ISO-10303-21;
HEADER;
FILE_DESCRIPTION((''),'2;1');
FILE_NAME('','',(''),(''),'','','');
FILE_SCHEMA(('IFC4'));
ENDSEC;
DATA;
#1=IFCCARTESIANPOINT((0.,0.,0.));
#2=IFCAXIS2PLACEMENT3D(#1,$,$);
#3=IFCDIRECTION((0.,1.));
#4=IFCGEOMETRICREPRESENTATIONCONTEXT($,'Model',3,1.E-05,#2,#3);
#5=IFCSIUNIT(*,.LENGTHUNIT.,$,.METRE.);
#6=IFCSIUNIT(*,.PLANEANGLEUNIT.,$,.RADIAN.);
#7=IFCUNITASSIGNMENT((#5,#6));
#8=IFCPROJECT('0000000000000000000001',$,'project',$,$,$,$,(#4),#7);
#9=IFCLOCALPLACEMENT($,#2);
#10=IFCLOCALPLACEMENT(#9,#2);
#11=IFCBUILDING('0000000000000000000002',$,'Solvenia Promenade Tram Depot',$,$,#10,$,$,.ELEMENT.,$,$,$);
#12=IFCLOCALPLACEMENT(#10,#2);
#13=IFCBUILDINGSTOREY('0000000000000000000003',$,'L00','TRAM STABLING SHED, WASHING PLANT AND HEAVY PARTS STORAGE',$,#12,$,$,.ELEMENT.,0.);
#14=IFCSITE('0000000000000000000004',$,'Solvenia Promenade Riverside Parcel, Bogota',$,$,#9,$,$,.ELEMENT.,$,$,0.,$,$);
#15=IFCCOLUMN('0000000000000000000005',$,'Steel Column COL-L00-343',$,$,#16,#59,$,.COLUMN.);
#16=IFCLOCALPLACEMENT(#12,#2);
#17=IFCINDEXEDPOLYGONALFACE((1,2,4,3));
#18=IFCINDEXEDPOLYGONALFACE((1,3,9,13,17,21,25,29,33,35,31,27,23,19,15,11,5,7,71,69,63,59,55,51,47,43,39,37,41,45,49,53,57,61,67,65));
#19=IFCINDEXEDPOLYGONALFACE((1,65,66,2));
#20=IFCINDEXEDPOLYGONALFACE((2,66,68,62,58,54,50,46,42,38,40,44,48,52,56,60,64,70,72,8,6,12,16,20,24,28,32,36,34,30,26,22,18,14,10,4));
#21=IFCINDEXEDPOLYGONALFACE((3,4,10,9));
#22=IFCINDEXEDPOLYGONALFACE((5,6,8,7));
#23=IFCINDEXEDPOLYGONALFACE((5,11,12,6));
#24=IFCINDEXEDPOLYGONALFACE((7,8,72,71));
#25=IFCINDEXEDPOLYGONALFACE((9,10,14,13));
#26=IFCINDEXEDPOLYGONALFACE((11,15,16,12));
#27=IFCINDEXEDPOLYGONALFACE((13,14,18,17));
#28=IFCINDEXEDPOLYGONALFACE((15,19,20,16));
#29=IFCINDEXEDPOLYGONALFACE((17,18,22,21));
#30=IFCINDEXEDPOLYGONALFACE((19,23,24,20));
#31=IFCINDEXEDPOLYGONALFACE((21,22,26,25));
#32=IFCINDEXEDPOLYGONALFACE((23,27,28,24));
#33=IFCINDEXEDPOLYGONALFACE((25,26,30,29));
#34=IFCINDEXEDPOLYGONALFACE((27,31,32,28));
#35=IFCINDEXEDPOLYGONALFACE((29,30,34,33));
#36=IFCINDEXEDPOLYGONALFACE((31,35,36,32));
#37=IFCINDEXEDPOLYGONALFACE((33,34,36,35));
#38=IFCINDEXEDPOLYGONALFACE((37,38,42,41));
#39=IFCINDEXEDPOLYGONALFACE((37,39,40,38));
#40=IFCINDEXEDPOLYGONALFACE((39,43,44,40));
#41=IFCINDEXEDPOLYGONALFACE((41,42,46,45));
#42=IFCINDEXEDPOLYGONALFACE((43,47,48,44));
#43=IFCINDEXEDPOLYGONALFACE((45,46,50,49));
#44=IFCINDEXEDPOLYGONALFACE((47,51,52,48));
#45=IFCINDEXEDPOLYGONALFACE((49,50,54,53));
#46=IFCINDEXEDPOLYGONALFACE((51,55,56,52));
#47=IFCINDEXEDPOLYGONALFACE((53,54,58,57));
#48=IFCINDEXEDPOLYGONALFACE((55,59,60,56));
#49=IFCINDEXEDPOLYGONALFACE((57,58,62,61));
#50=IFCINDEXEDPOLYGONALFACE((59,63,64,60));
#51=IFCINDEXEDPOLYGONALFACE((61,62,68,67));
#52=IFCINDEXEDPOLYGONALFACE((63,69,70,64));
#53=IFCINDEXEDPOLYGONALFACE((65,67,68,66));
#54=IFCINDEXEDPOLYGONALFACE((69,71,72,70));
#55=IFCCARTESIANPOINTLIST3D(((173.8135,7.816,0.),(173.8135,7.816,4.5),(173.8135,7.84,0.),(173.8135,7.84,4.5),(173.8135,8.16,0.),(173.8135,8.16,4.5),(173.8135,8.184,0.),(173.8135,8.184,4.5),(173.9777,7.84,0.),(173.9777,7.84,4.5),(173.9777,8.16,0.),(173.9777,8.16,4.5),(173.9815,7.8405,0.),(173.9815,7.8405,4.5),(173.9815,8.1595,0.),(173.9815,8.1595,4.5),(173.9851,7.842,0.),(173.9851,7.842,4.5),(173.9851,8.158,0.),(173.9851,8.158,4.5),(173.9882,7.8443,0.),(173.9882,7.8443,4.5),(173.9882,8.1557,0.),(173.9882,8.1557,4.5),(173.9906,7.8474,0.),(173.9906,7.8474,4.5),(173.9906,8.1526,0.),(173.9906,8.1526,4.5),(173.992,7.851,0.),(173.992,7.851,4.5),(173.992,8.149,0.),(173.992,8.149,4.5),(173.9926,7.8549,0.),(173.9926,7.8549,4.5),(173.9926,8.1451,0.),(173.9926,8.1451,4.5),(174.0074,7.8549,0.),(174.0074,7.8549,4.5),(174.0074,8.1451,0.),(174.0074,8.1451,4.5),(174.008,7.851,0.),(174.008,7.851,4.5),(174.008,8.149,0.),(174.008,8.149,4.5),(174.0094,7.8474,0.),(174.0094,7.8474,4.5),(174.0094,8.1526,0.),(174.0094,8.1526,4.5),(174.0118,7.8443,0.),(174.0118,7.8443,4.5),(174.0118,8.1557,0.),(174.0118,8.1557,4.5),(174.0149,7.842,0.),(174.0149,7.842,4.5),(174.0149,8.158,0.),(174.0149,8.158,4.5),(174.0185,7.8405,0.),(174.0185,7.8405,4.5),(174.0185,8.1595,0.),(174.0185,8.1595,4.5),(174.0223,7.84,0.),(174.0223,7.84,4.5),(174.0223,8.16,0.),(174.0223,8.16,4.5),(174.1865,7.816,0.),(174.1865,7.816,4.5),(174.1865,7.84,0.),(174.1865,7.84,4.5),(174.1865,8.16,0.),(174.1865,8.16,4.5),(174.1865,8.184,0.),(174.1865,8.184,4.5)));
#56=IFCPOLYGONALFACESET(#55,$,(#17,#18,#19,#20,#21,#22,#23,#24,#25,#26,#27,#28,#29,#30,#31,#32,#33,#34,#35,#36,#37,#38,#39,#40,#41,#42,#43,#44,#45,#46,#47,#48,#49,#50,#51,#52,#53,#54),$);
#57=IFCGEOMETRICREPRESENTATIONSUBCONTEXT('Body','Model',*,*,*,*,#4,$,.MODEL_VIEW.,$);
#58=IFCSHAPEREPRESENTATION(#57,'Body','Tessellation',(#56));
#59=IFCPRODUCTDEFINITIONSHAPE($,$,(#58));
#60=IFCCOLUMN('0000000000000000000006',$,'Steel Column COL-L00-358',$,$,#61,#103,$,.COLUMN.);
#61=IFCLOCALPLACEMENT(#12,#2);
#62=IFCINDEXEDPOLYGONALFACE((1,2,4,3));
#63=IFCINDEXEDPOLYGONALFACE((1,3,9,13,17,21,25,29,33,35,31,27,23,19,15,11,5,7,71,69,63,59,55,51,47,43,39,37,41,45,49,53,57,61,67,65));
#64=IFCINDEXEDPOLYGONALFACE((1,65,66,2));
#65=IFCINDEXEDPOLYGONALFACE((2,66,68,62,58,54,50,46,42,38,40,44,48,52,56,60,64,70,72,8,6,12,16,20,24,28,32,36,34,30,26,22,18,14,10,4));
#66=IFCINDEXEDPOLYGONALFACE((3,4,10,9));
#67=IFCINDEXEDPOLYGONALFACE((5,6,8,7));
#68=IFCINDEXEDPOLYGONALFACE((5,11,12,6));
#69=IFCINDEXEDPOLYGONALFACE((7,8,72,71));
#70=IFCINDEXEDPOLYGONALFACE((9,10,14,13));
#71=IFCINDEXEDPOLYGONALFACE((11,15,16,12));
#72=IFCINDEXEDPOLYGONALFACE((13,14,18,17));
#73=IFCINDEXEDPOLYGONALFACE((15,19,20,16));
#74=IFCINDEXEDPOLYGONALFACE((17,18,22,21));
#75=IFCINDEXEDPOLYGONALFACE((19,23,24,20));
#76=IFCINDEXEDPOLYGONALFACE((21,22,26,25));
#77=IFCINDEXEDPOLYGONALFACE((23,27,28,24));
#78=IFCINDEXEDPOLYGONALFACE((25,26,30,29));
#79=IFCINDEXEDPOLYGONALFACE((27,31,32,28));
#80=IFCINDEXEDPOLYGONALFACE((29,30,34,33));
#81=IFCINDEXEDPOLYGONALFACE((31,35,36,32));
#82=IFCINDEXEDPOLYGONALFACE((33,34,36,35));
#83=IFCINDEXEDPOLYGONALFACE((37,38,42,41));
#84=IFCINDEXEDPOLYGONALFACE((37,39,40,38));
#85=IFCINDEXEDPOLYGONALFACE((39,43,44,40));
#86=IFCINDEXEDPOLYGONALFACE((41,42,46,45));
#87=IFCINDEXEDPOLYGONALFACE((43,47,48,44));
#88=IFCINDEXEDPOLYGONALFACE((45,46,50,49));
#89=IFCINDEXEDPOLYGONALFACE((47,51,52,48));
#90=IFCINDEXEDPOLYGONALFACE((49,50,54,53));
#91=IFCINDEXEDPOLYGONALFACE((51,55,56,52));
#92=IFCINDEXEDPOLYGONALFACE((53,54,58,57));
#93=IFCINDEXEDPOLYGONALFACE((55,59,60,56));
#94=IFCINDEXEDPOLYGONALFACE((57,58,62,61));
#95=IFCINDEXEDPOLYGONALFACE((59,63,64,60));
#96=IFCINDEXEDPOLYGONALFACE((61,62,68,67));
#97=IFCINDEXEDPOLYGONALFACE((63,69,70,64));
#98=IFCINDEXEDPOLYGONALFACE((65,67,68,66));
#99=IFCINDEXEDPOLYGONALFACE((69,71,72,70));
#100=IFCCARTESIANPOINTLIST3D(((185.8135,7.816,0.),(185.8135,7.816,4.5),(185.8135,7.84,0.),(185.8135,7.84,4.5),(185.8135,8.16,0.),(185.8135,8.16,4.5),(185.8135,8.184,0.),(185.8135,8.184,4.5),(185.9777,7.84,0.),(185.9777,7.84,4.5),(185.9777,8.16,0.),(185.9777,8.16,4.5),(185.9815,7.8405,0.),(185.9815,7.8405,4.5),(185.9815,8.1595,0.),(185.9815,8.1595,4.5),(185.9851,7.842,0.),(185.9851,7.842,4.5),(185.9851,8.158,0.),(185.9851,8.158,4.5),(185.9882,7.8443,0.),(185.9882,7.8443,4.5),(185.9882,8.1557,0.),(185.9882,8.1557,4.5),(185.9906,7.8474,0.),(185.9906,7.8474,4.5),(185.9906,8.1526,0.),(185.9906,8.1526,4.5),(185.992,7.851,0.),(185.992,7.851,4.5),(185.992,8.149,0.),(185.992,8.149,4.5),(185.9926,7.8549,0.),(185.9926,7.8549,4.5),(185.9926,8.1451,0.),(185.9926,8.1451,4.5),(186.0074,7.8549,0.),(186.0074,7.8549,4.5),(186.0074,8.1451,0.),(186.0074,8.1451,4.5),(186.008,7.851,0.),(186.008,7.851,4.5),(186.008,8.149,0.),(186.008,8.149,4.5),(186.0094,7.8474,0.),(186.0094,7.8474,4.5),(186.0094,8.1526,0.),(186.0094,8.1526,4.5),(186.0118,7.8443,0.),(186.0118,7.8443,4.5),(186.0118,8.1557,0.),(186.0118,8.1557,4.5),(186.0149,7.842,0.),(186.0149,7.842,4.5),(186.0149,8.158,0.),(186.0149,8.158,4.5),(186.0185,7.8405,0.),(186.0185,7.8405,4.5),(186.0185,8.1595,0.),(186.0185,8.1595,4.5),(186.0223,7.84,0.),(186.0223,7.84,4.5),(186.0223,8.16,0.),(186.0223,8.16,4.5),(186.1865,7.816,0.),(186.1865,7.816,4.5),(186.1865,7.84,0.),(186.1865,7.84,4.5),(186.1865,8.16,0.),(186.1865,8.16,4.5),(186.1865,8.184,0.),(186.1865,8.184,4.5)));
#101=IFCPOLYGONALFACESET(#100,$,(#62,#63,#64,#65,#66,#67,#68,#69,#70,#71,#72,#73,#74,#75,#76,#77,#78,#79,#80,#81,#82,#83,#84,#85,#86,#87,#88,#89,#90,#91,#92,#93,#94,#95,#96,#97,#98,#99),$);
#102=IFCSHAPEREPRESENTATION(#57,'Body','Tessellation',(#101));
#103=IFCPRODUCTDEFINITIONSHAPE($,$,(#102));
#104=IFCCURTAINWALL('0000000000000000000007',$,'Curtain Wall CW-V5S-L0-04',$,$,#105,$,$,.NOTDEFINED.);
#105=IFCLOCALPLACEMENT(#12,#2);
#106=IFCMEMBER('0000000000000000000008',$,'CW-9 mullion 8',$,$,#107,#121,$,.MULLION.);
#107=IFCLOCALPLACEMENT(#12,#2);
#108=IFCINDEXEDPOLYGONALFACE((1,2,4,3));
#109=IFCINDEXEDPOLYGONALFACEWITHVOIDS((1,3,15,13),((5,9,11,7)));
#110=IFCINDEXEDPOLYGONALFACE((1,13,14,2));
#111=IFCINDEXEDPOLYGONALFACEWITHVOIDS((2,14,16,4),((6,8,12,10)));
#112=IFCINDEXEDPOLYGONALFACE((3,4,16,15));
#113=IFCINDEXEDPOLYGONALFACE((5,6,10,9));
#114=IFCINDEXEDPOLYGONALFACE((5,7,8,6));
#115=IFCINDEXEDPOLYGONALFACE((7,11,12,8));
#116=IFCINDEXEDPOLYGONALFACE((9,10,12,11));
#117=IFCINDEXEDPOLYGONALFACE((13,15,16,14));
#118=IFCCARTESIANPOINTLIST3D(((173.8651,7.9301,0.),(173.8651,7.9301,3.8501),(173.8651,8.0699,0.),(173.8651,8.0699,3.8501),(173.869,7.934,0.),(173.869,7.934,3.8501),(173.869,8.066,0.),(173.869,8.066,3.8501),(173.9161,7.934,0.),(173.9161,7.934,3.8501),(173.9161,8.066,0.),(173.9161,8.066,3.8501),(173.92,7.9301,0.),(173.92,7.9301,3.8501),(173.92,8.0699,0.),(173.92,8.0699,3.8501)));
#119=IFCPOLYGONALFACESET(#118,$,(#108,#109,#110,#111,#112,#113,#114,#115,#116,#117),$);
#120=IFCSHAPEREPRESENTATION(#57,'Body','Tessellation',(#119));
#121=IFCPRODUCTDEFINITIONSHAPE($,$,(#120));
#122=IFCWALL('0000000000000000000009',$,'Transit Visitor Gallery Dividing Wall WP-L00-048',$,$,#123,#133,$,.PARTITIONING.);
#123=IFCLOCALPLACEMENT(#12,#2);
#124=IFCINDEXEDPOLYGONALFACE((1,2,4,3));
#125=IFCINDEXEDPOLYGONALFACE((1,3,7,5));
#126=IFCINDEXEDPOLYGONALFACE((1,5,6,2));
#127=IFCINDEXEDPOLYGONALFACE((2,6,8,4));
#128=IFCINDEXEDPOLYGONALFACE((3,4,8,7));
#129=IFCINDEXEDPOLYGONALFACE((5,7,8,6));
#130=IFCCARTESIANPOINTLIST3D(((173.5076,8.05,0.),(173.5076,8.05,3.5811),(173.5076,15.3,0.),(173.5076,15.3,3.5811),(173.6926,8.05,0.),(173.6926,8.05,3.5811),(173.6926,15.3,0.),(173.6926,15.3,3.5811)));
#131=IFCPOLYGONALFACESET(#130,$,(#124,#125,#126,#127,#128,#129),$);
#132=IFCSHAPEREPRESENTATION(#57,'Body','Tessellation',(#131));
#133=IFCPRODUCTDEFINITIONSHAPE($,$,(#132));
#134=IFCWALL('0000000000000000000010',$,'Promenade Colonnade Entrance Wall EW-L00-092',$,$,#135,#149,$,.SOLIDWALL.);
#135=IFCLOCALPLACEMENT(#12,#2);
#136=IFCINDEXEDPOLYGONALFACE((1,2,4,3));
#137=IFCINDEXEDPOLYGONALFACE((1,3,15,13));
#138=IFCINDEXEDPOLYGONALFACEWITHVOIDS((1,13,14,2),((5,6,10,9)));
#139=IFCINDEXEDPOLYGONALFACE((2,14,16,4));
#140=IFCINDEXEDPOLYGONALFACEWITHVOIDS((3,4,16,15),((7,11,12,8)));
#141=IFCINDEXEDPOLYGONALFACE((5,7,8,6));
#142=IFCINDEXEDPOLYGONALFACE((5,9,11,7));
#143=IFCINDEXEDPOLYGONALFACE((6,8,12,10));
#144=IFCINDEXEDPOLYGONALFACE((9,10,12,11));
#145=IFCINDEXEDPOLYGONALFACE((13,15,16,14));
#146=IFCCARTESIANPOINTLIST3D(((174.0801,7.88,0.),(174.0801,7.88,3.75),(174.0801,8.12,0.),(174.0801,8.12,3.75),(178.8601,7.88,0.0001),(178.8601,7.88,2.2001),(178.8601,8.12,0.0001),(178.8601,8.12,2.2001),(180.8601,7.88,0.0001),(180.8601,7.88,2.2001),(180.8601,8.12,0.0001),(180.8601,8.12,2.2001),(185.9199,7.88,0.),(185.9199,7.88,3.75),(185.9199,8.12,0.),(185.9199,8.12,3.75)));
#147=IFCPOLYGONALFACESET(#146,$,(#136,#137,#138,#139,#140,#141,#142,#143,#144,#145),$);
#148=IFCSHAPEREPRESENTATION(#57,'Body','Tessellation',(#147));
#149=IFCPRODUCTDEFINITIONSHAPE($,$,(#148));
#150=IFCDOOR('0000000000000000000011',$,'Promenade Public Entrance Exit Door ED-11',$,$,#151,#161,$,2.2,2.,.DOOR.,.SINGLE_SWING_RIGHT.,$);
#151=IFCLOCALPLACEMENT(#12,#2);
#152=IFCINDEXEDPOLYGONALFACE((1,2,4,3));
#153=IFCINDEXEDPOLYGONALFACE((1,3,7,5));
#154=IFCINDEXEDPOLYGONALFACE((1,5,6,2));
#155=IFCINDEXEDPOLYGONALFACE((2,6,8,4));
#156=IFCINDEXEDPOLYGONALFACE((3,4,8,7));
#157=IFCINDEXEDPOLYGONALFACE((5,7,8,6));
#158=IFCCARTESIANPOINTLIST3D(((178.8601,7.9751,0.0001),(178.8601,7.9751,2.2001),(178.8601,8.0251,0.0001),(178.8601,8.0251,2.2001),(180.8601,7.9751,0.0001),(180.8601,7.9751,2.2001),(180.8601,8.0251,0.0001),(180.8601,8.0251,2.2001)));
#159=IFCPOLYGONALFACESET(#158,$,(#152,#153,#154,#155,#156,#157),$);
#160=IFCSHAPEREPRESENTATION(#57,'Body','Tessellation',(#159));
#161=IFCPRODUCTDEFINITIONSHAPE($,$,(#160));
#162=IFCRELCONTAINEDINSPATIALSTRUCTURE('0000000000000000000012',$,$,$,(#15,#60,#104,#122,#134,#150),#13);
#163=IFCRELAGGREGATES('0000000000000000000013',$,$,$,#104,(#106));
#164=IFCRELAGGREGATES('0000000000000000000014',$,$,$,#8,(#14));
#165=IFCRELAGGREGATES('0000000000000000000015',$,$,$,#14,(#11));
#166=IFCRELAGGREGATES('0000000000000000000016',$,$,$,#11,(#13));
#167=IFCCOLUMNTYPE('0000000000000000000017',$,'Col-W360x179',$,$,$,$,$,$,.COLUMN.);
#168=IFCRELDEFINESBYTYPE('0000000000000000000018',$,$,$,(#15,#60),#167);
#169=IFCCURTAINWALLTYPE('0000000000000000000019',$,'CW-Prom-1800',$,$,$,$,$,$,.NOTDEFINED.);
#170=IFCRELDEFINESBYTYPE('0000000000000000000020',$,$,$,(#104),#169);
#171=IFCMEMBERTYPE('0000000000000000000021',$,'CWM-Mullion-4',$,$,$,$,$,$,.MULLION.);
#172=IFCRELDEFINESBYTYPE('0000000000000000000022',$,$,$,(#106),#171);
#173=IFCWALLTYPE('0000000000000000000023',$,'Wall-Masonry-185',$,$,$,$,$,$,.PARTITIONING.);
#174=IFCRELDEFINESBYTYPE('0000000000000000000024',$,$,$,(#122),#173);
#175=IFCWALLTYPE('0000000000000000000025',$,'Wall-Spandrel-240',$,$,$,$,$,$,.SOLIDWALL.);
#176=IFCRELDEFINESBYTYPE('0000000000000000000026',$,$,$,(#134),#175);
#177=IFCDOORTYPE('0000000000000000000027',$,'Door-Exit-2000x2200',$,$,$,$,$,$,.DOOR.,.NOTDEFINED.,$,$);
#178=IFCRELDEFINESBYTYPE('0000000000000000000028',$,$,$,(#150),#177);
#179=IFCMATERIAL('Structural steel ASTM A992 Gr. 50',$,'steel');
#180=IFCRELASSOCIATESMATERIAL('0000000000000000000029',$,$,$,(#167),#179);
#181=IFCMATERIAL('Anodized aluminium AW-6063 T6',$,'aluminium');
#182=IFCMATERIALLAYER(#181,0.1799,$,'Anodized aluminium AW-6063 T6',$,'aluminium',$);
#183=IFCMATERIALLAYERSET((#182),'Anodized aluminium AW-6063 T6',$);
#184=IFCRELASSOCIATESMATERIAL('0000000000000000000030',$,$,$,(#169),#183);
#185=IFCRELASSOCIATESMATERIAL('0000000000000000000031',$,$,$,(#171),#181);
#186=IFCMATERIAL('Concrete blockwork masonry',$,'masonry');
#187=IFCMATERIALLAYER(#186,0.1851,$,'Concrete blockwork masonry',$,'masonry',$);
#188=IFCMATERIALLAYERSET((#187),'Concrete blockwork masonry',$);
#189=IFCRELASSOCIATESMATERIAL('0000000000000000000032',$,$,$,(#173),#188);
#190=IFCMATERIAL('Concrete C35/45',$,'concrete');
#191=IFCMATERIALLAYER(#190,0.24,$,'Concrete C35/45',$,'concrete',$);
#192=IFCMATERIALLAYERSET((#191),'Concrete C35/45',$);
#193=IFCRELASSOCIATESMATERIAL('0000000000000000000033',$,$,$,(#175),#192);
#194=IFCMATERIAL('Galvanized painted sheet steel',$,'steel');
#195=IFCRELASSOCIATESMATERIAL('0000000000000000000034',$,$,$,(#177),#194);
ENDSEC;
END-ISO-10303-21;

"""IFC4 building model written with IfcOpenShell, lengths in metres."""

from ifc_helpers import new_model, si_unit, direction, frame, frame_2d, origin, origin_2d, place, context, subcontext, project, spatial, rectangle, hollow_rectangle, i_section, extrude, material, layer, layer_set, material_profile, profile_set, type_object, element, fill, aggregate, save


model = new_model("IFC4")

# Units and contexts
model_context = context("Model", 3, precision=1e-05, world=origin(), true_north=direction((0.0, 1.0)))
body_context = subcontext(model_context, "Body", "Model", "MODEL_VIEW")
ifc_project = project(units=[si_unit("LENGTHUNIT", "METRE"), si_unit("PLANEANGLEUNIT", "RADIAN")], contexts=[model_context])

# Site, building, storey
site_placement = place(None, origin())
site = spatial("IfcSite", under=ifc_project, at=site_placement, Name="Solvenia Promenade Riverside Parcel, Bogota", CompositionType="ELEMENT", RefElevation=0.0)
building_placement = place(site_placement, origin())
building = spatial("IfcBuilding", under=site, at=building_placement, Name="Solvenia Promenade Tram Depot", CompositionType="ELEMENT")
storey_placement = place(building_placement, origin())
storey = spatial("IfcBuildingStorey", under=building, at=storey_placement, Name="L00", Description="TRAM STABLING SHED, WASHING PLANT AND HEAVY PARTS STORAGE", CompositionType="ELEMENT", Elevation=0.0)

# Columns
ifc_material_1 = material(Name="Structural steel ASTM A992 Gr. 50", Category="steel")
ifc_material_profile_1 = material_profile(ifc_material_1, i_section(OverallWidth=0.373, OverallDepth=0.3679, WebThickness=0.0149, FlangeThickness=0.0239, FilletRadius=0.0149, at=origin_2d()), Name="W360x179", Category="steel")
ifc_profile_set_1 = profile_set([ifc_material_profile_1], Name="Structural steel ASTM A992 Gr. 50")
column_type = type_object("IfcColumnType", Name="Col-W360x179", PredefinedType="COLUMN", material=ifc_profile_set_1)
for number, where, z_axis, x_axis, name in (
    (1, (174.0, 8.0, 0.0), (0.0, 0.0, 1.0), (1.0, 0.0, 0.0), "Steel Column COL-L00-343"),
    (2, (186.0, 8.0, 0.0), (0.0, 0.0, 1.0), (1.0, 0.0, 0.0), "Steel Column COL-L00-358"),
):
    element("IfcColumn", number, at=place(storey_placement, frame(where, z_axis=z_axis, x_axis=x_axis)), inside=storey, type_object=column_type, Name=name, PredefinedType="COLUMN", context=body_context, shape_type="SweptSolid", body=[
        extrude(i_section(OverallWidth=0.373, OverallDepth=0.3679, WebThickness=0.0149, FlangeThickness=0.0239, FilletRadius=0.0149, at=origin_2d()), origin(), (0.0, 0.0, 1.0), 4.5),
    ])

# Curtain wall, member
ifc_material_2 = material(Name="Anodized aluminium AW-6063 T6", Category="aluminium")
ifc_layer_1 = layer(ifc_material_2, 0.1799, Name="Anodized aluminium AW-6063 T6", Category="aluminium")
ifc_layer_set_1 = layer_set([ifc_layer_1], Name="Anodized aluminium AW-6063 T6")
curtain_wall_type = type_object("IfcCurtainWallType", Name="CW-Prom-1800", PredefinedType="NOTDEFINED", material=ifc_layer_set_1)
curtain_wall_placement = place(storey_placement, origin())
curtain_wall = element("IfcCurtainWall", 3, at=curtain_wall_placement, inside=storey, type_object=curtain_wall_type, Name="Curtain Wall CW-V5S-L0-04", PredefinedType="NOTDEFINED")
ifc_material_profile_2 = material_profile(ifc_material_2, hollow_rectangle(XDim=0.1399, YDim=0.0549, WallThickness=0.0039, at=origin_2d()), Name="ALU-M4", Category="aluminium")
ifc_profile_set_2 = profile_set([ifc_material_profile_2], Name="Anodized aluminium AW-6063 T6")
member_type = type_object("IfcMemberType", Name="CWM-Mullion-4", PredefinedType="MULLION", material=ifc_profile_set_2)
member_placement = place(storey_placement, frame((173.8926, 8.0, 0.0), z_axis=(0.0, 0.0, 1.0), x_axis=(0.0, 1.0, 0.0)))
member = element("IfcMember", 4, at=member_placement, type_object=member_type, Name="CW-9 mullion 8", PredefinedType="MULLION", context=body_context, shape_type="SweptSolid", body=[
    extrude(hollow_rectangle(XDim=0.1399, YDim=0.0549, WallThickness=0.0039, at=origin_2d()), origin(), (0.0, 0.0, 1.0), 3.8501),
])
aggregate(curtain_wall, [member])

# Wall
ifc_material_3 = material(Name="Concrete blockwork masonry", Category="masonry")
ifc_layer_2 = layer(ifc_material_3, 0.1851, Name="Concrete blockwork masonry", Category="masonry")
ifc_layer_set_2 = layer_set([ifc_layer_2], Name="Concrete blockwork masonry")
wall_type_1 = type_object("IfcWallType", Name="Wall-Masonry-185", PredefinedType="PARTITIONING", material=ifc_layer_set_2)
wall_1_placement = place(storey_placement, frame((173.6001, 8.05, 0.0), z_axis=(0.0, 0.0, 1.0), x_axis=(0.0, 1.0, 0.0)))
element("IfcWall", 5, at=wall_1_placement, inside=storey, type_object=wall_type_1, Name="Transit Visitor Gallery Dividing Wall WP-L00-048", PredefinedType="PARTITIONING", context=body_context, shape_type="SweptSolid", body=[
    extrude(rectangle(XDim=7.25, YDim=0.1851, at=frame_2d((3.625, 0.0))), origin(), (0.0, 0.0, 1.0), 3.5811),
])

# Wall, opening, door
ifc_material_4 = material(Name="Concrete C35/45", Category="concrete")
ifc_layer_3 = layer(ifc_material_4, 0.24, Name="Concrete C35/45", Category="concrete")
ifc_layer_set_3 = layer_set([ifc_layer_3], Name="Concrete C35/45")
wall_type_2 = type_object("IfcWallType", Name="Wall-Spandrel-240", PredefinedType="SOLIDWALL", material=ifc_layer_set_3)
wall_2_placement = place(storey_placement, frame((174.0801, 8.0, 0.0), z_axis=(0.0, 0.0, 1.0), x_axis=(1.0, 0.0, 0.0)))
wall_2 = element("IfcWall", 6, at=wall_2_placement, inside=storey, type_object=wall_type_2, Name="Promenade Colonnade Entrance Wall EW-L00-092", PredefinedType="SOLIDWALL", context=body_context, shape_type="SweptSolid", body=[
    extrude(rectangle(XDim=11.8398, YDim=0.24, at=frame_2d((5.9199, 0.0))), origin(), (0.0, 0.0, 1.0), 3.75),
])
opening_1_placement = place(wall_2_placement, frame((4.78, 0.0, 0.0)))
opening_1 = element("IfcOpeningElement", 7, at=opening_1_placement, cuts=wall_2, PredefinedType="OPENING", context=body_context, shape_type="SweptSolid", body=[
    extrude(rectangle(XDim=2.0, YDim=2.2, at=frame_2d((1.0, 1.1001))), frame((0.0, 0.1299, 0.0), z_axis=(0.0, -1.0, 0.0), x_axis=(1.0, 0.0, 0.0)), (0.0, 0.0, 1.0), 0.26),
])
ifc_material_5 = material(Name="Galvanized painted sheet steel", Category="steel")
door_type = type_object("IfcDoorType", Name="Door-Exit-2000x2200", OperationType="NOTDEFINED", PredefinedType="DOOR", material=ifc_material_5)
door_placement = place(opening_1_placement, frame((2.0, 0.0, 0.0), z_axis=(0.0, 0.0, 1.0), x_axis=(-1.0, 0.0, 0.0)))
door = element("IfcDoor", 8, at=door_placement, inside=storey, type_object=door_type, Name="Promenade Public Entrance Exit Door ED-11", OperationType="SINGLE_SWING_RIGHT", OverallHeight=2.2, OverallWidth=2.0, PredefinedType="DOOR", context=body_context, shape_type="SweptSolid", body=[
    extrude(rectangle(XDim=2.0, YDim=2.2, at=frame_2d((1.0, 1.1001))), frame((0.0, 0.0249, 0.0), z_axis=(0.0, -1.0, 0.0), x_axis=(1.0, 0.0, 0.0)), (0.0, 0.0, 1.0), 0.05),
])
fill(opening_1, door)

save(model, "model.ifc")
